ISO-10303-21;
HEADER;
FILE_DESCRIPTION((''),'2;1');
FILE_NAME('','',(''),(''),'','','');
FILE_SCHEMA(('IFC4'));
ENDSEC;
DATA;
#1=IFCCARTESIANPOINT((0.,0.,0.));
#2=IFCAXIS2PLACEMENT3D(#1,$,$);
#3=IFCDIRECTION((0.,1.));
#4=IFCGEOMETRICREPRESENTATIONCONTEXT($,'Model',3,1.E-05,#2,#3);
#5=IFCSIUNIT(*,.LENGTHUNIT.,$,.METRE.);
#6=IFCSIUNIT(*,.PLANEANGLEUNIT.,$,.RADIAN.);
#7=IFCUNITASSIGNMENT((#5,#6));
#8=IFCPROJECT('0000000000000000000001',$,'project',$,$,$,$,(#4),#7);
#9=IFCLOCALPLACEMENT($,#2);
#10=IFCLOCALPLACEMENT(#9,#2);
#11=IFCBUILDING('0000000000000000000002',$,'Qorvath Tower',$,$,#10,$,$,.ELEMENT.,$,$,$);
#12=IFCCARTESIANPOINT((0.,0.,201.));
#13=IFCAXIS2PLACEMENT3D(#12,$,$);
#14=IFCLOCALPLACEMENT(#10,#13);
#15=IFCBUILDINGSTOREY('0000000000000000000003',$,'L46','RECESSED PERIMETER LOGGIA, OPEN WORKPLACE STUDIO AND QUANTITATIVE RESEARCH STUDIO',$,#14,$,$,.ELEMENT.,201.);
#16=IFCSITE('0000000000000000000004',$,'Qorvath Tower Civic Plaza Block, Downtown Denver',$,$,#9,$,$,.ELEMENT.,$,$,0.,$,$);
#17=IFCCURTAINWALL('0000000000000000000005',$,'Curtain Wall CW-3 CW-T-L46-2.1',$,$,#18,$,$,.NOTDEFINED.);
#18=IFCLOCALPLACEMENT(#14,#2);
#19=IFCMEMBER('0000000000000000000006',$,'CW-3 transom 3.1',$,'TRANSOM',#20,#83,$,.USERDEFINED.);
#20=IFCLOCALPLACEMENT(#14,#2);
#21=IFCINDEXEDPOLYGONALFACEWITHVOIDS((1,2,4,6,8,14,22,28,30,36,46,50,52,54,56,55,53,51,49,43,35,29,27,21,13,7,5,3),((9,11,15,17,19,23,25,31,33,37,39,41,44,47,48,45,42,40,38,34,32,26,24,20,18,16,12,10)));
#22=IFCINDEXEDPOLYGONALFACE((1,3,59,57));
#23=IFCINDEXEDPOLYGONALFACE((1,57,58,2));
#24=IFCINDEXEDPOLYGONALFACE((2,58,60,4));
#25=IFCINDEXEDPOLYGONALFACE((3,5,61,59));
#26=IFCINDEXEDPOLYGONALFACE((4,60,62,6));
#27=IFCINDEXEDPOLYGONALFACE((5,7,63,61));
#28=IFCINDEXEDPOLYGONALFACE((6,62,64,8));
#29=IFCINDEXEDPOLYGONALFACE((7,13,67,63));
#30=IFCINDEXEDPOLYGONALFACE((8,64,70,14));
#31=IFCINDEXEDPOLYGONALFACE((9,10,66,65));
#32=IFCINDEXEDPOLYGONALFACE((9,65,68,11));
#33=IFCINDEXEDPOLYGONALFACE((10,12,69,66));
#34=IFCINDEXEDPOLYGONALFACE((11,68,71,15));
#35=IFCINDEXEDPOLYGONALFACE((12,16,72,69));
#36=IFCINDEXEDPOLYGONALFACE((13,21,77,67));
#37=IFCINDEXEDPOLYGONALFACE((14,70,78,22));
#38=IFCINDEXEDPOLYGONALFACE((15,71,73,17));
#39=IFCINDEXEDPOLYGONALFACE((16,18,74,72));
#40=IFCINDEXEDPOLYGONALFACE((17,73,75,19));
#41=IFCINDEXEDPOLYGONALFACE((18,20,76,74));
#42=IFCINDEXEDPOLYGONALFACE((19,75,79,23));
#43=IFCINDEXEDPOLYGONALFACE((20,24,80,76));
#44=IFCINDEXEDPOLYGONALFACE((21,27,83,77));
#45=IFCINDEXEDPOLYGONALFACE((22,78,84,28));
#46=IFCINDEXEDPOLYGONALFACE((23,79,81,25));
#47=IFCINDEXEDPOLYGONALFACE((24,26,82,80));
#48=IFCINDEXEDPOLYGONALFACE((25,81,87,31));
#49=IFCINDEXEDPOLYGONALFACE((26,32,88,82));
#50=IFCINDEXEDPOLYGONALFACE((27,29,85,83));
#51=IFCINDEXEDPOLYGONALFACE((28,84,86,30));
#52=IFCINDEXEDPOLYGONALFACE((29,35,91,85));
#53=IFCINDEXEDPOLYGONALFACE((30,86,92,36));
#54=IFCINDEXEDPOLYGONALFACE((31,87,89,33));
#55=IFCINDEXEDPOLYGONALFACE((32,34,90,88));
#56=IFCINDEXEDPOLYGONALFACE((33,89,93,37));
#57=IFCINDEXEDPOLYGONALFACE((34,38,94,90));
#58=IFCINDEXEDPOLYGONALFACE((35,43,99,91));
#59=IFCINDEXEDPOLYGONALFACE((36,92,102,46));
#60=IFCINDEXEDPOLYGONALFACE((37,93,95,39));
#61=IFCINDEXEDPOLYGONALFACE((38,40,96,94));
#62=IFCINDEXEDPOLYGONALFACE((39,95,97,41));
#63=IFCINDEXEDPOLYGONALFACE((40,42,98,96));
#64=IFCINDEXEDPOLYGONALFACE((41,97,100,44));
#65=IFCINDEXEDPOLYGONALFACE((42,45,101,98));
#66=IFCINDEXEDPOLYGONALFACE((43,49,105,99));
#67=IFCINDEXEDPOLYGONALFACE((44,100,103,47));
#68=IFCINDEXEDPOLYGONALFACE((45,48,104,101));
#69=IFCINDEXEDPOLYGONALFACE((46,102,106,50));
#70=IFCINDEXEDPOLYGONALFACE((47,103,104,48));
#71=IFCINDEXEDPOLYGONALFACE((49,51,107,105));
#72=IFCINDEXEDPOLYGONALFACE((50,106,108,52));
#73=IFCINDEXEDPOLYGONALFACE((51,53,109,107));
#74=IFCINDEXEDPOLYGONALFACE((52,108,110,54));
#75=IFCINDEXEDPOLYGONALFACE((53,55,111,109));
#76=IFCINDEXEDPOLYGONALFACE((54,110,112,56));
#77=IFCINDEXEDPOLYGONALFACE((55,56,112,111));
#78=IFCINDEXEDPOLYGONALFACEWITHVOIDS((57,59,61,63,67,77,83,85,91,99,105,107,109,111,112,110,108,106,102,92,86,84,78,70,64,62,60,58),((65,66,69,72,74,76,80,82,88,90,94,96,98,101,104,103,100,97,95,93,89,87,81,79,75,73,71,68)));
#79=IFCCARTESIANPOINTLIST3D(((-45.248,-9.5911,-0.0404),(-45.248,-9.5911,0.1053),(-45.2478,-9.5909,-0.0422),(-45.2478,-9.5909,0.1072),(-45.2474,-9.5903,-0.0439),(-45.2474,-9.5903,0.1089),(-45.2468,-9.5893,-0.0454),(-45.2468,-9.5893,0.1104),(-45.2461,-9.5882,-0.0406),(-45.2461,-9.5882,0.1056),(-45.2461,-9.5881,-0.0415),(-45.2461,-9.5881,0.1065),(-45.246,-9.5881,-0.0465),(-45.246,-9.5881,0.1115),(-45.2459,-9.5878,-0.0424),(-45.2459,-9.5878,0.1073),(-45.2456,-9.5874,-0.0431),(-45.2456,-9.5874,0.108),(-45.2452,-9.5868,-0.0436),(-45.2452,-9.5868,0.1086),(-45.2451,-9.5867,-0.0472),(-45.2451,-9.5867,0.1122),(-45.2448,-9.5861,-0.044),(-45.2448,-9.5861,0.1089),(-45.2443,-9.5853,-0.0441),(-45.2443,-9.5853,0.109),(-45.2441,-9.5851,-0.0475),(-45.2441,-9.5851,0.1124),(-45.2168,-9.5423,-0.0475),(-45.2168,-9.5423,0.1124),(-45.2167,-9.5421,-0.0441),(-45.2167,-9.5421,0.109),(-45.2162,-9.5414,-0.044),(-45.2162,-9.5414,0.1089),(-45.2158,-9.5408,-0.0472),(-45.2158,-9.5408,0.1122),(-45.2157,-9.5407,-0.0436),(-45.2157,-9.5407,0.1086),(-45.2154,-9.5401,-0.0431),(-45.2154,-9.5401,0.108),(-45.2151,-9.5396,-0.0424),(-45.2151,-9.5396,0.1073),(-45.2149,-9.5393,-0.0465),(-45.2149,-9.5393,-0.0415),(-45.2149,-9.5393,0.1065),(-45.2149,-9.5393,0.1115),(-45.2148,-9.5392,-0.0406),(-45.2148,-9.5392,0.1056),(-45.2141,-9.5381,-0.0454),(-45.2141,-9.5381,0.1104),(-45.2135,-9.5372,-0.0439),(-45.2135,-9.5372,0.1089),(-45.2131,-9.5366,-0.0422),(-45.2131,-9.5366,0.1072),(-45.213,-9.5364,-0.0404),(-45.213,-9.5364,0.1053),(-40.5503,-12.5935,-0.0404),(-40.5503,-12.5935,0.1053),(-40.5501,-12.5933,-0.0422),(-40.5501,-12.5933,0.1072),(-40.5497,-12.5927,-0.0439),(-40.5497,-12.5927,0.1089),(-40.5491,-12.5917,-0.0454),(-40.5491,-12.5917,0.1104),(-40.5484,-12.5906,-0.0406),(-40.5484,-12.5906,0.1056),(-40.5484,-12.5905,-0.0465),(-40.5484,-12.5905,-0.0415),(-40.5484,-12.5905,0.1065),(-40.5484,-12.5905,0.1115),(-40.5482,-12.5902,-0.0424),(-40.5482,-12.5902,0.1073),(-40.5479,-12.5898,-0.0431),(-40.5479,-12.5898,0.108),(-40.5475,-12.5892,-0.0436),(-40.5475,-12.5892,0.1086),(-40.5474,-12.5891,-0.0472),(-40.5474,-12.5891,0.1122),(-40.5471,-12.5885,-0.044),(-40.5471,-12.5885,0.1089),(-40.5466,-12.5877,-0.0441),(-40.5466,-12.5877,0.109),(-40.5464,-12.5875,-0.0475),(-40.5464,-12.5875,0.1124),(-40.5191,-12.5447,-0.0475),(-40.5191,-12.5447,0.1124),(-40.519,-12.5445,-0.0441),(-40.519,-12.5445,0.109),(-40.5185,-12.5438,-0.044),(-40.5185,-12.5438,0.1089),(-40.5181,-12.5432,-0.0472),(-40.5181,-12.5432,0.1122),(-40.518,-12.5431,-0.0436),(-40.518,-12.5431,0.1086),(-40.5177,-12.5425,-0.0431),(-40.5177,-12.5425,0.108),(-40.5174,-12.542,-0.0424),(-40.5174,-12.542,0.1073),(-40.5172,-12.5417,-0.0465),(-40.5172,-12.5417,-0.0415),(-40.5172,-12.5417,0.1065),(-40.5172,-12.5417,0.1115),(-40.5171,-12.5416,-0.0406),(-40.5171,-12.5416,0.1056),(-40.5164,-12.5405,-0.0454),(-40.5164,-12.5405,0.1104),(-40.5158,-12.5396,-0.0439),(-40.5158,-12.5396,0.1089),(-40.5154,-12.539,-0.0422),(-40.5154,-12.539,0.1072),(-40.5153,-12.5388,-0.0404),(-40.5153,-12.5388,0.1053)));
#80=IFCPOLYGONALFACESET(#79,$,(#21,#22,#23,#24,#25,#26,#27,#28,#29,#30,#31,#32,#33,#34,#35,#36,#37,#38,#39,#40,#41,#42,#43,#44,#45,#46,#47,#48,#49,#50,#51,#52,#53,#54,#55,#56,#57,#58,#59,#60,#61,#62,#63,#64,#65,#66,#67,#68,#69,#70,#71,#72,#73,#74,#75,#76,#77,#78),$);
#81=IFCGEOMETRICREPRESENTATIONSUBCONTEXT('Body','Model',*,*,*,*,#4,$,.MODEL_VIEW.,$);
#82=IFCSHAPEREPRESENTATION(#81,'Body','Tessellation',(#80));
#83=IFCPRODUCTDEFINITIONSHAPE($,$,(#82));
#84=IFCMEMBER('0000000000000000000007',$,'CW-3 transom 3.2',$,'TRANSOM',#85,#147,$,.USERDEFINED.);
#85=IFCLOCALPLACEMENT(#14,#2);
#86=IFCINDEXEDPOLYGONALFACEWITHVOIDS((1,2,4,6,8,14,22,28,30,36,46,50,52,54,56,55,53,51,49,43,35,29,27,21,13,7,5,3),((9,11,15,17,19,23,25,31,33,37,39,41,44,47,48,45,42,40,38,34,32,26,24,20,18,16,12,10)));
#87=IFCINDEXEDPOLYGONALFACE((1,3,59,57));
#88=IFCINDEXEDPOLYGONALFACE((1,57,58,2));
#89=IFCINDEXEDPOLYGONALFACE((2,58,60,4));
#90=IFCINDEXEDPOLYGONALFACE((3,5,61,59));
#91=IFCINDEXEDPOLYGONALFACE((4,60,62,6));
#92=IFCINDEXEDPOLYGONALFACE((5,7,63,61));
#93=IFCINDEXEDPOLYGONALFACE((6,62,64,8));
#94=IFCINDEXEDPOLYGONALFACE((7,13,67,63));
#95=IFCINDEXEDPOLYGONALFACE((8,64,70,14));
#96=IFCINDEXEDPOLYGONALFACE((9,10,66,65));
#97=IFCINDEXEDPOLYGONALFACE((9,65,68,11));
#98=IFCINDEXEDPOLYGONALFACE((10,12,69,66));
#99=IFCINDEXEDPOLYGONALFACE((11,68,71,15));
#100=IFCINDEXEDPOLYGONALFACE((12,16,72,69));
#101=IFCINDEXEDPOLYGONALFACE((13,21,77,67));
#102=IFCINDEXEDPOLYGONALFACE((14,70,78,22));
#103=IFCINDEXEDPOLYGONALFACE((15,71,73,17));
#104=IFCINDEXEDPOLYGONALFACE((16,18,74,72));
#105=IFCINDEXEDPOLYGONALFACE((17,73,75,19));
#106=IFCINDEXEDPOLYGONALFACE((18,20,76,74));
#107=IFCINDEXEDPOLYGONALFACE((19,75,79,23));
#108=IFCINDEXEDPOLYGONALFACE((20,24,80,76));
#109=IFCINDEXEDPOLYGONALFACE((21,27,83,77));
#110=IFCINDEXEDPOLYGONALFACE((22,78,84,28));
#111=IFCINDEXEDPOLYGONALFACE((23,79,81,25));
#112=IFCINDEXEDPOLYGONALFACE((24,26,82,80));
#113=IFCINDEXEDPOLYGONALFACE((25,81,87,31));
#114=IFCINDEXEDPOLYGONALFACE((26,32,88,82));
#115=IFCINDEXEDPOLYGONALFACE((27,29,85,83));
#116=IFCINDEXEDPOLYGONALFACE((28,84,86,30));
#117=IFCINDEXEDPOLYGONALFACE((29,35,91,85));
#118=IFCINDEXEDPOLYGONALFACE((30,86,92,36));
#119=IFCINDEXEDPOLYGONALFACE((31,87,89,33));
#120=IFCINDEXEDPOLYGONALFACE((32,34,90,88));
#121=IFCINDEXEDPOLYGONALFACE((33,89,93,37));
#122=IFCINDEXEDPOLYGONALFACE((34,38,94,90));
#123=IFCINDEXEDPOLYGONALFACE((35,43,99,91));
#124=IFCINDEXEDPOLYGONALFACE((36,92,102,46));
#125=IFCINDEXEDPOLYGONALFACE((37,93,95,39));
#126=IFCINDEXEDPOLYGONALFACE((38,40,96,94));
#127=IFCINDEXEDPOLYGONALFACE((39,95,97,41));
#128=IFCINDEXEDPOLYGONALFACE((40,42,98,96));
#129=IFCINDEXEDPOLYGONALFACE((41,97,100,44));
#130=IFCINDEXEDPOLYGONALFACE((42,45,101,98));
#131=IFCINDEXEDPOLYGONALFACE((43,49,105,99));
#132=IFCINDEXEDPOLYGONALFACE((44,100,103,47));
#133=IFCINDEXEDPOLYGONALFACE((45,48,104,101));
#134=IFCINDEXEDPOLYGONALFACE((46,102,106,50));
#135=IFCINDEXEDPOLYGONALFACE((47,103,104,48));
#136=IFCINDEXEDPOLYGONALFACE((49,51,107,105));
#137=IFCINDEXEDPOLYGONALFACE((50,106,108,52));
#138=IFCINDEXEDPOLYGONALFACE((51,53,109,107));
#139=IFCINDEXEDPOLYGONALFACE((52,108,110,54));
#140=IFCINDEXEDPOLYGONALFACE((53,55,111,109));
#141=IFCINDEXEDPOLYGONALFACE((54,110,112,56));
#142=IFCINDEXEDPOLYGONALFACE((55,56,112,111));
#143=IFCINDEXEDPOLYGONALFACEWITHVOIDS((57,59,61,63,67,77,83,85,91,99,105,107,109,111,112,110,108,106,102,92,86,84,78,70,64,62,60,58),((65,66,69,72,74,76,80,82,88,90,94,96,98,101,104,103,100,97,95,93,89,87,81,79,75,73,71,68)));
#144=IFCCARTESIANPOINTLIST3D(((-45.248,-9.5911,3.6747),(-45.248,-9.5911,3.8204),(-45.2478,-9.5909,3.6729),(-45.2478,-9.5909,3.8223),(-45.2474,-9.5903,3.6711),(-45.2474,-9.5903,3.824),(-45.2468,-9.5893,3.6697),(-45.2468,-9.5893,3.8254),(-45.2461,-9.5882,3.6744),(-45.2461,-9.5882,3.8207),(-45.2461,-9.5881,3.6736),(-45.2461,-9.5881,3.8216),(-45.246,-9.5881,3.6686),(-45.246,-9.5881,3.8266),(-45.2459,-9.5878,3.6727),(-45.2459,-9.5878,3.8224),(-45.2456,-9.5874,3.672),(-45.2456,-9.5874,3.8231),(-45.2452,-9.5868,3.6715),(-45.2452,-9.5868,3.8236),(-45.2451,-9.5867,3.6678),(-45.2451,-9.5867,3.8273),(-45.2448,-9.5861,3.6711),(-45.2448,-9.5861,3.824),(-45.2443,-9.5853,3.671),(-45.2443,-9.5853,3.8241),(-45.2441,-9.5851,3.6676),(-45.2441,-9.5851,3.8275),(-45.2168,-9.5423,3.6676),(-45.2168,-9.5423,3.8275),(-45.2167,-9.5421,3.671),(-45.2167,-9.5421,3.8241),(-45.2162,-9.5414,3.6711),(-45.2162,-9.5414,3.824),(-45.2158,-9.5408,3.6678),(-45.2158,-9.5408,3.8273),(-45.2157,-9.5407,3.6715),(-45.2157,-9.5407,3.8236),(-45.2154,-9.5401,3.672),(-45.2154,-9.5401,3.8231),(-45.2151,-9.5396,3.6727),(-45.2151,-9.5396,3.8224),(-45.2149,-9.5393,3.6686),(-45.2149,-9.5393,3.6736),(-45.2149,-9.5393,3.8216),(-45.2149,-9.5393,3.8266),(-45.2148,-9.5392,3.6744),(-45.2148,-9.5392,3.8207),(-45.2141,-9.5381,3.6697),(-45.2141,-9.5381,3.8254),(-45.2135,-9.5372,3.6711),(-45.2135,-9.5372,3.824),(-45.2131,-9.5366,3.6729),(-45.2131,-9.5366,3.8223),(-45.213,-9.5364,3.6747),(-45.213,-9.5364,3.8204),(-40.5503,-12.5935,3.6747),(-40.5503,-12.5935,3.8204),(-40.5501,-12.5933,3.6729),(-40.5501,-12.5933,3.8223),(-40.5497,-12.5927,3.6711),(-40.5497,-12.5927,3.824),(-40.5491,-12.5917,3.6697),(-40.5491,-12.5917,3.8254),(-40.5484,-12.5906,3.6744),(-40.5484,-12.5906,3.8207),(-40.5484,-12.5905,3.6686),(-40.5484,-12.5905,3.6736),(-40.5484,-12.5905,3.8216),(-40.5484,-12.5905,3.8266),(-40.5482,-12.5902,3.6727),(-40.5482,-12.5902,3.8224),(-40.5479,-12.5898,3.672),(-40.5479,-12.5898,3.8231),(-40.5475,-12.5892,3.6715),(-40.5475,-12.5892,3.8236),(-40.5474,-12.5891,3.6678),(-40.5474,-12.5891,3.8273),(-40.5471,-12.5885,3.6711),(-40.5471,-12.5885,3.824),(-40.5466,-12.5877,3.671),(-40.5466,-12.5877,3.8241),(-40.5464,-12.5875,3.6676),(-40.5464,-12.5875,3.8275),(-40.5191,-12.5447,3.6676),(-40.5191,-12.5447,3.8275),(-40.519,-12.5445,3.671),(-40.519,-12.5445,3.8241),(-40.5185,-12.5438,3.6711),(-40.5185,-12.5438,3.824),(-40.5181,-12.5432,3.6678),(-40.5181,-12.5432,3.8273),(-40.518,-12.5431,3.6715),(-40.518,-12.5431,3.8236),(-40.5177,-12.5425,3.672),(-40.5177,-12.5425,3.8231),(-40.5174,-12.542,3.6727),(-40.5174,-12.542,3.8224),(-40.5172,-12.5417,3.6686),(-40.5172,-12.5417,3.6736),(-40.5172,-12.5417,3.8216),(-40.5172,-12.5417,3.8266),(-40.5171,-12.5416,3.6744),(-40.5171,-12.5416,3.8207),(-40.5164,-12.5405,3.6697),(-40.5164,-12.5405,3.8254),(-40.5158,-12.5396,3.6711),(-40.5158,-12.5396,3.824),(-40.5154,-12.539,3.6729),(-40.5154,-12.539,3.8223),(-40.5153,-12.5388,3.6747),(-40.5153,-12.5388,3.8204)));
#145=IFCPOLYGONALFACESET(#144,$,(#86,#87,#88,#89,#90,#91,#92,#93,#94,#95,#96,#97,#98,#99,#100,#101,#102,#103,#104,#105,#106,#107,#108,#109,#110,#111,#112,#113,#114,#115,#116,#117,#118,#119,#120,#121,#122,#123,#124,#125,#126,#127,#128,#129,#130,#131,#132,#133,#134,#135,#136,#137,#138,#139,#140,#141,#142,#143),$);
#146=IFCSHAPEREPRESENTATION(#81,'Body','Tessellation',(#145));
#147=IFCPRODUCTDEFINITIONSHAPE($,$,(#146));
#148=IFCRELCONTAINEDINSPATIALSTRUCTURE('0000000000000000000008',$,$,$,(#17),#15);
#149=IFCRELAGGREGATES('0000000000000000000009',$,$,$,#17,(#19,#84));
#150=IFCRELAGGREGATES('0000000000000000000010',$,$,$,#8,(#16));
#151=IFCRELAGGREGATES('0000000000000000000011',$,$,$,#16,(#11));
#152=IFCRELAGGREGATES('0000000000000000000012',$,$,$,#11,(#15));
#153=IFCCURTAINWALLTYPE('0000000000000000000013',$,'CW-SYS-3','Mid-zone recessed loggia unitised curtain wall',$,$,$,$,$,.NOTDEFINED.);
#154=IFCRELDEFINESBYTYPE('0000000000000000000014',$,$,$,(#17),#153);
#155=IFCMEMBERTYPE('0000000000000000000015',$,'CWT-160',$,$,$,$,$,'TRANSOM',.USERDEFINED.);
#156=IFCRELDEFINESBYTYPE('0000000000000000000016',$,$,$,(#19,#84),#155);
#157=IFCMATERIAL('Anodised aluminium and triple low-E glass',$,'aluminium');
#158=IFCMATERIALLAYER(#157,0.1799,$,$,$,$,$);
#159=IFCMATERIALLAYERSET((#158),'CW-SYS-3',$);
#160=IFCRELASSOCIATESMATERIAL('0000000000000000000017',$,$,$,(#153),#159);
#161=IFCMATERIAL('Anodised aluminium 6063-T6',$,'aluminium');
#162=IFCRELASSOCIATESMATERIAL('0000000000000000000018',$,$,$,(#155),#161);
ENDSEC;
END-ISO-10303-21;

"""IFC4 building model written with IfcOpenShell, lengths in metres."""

from ifc_helpers import new_model, si_unit, direction, frame, origin, origin_2d, place, context, subcontext, project, spatial, hollow_rectangle, extrude, material, layer, layer_set, material_profile, profile_set, type_object, element, aggregate, save


model = new_model("IFC4")

# Units and contexts
model_context = context("Model", 3, precision=1e-05, world=origin(), true_north=direction((0.0, 1.0)))
body_context = subcontext(model_context, "Body", "Model", "MODEL_VIEW")
ifc_project = project(units=[si_unit("LENGTHUNIT", "METRE"), si_unit("PLANEANGLEUNIT", "RADIAN")], contexts=[model_context])

# Site, building, storey
site_placement = place(None, origin())
site = spatial("IfcSite", under=ifc_project, at=site_placement, Name="Qorvath Tower Civic Plaza Block, Downtown Denver", CompositionType="ELEMENT", RefElevation=0.0)
building_placement = place(site_placement, origin())
building = spatial("IfcBuilding", under=site, at=building_placement, Name="Qorvath Tower", CompositionType="ELEMENT")
storey_placement = place(building_placement, frame((0.0, 0.0, 201.0)))
storey = spatial("IfcBuildingStorey", under=building, at=storey_placement, Name="L46", Description="RECESSED PERIMETER LOGGIA, OPEN WORKPLACE STUDIO AND QUANTITATIVE RESEARCH STUDIO", CompositionType="ELEMENT", Elevation=201.0)

# Curtain wall, members
ifc_material_1 = material(Name="Anodised aluminium and triple low-E glass", Category="aluminium")
ifc_layer_1 = layer(ifc_material_1, 0.1799)
ifc_layer_set_1 = layer_set([ifc_layer_1], Name="CW-SYS-3")
curtain_wall_type = type_object("IfcCurtainWallType", Name="CW-SYS-3", Description="Mid-zone recessed loggia unitised curtain wall", PredefinedType="NOTDEFINED", material=ifc_layer_set_1)
curtain_wall_placement = place(storey_placement, origin())
curtain_wall = element("IfcCurtainWall", 1, at=curtain_wall_placement, inside=storey, type_object=curtain_wall_type, Name="Curtain Wall CW-3 CW-T-L46-2.1", PredefinedType="NOTDEFINED")
ifc_material_2 = material(Name="Anodised aluminium 6063-T6", Category="aluminium")
ifc_material_profile_1 = material_profile(ifc_material_2, hollow_rectangle(XDim=0.0649, YDim=0.1599, WallThickness=0.0034, InnerFilletRadius=0.0034, OuterFilletRadius=0.0071, at=origin_2d()), Name="CWT 160x65")
ifc_profile_set_1 = profile_set([ifc_material_profile_1], Name="Anodised aluminium 6063-T6")
member_type_1 = type_object("IfcMemberType", Name="CWT-160", ElementType="TRANSOM", PredefinedType="USERDEFINED", material=ifc_profile_set_1)
member_1_placement = place(storey_placement, frame((-45.2305, -9.5637, 0.0325), z_axis=(0.842607, -0.538529, 0.0), x_axis=(0.538529, 0.842607, 0.0)))
member_1 = element("IfcMember", 2, at=member_1_placement, type_object=member_type_1, Name="CW-3 transom 3.1", ObjectType="TRANSOM", PredefinedType="USERDEFINED", context=body_context, shape_type="SweptSolid", body=[
    extrude(hollow_rectangle(XDim=0.0649, YDim=0.1599, WallThickness=0.0034, InnerFilletRadius=0.0034, OuterFilletRadius=0.0071, at=origin_2d()), origin(), (0.0, 0.0, 1.0), 5.5752),
])
member_2_placement = place(storey_placement, frame((-45.2305, -9.5637, 3.7476), z_axis=(0.842607, -0.538529, 0.0), x_axis=(0.538529, 0.842607, 0.0)))
member_2 = element("IfcMember", 3, at=member_2_placement, type_object=member_type_1, Name="CW-3 transom 3.2", ObjectType="TRANSOM", PredefinedType="USERDEFINED", context=body_context, shape_type="SweptSolid", body=[
    extrude(hollow_rectangle(XDim=0.0649, YDim=0.1599, WallThickness=0.0034, InnerFilletRadius=0.0034, OuterFilletRadius=0.0071, at=origin_2d()), origin(), (0.0, 0.0, 1.0), 5.5752),
])

aggregate(curtain_wall, [member_1, member_2])

save(model, "model.ifc")
